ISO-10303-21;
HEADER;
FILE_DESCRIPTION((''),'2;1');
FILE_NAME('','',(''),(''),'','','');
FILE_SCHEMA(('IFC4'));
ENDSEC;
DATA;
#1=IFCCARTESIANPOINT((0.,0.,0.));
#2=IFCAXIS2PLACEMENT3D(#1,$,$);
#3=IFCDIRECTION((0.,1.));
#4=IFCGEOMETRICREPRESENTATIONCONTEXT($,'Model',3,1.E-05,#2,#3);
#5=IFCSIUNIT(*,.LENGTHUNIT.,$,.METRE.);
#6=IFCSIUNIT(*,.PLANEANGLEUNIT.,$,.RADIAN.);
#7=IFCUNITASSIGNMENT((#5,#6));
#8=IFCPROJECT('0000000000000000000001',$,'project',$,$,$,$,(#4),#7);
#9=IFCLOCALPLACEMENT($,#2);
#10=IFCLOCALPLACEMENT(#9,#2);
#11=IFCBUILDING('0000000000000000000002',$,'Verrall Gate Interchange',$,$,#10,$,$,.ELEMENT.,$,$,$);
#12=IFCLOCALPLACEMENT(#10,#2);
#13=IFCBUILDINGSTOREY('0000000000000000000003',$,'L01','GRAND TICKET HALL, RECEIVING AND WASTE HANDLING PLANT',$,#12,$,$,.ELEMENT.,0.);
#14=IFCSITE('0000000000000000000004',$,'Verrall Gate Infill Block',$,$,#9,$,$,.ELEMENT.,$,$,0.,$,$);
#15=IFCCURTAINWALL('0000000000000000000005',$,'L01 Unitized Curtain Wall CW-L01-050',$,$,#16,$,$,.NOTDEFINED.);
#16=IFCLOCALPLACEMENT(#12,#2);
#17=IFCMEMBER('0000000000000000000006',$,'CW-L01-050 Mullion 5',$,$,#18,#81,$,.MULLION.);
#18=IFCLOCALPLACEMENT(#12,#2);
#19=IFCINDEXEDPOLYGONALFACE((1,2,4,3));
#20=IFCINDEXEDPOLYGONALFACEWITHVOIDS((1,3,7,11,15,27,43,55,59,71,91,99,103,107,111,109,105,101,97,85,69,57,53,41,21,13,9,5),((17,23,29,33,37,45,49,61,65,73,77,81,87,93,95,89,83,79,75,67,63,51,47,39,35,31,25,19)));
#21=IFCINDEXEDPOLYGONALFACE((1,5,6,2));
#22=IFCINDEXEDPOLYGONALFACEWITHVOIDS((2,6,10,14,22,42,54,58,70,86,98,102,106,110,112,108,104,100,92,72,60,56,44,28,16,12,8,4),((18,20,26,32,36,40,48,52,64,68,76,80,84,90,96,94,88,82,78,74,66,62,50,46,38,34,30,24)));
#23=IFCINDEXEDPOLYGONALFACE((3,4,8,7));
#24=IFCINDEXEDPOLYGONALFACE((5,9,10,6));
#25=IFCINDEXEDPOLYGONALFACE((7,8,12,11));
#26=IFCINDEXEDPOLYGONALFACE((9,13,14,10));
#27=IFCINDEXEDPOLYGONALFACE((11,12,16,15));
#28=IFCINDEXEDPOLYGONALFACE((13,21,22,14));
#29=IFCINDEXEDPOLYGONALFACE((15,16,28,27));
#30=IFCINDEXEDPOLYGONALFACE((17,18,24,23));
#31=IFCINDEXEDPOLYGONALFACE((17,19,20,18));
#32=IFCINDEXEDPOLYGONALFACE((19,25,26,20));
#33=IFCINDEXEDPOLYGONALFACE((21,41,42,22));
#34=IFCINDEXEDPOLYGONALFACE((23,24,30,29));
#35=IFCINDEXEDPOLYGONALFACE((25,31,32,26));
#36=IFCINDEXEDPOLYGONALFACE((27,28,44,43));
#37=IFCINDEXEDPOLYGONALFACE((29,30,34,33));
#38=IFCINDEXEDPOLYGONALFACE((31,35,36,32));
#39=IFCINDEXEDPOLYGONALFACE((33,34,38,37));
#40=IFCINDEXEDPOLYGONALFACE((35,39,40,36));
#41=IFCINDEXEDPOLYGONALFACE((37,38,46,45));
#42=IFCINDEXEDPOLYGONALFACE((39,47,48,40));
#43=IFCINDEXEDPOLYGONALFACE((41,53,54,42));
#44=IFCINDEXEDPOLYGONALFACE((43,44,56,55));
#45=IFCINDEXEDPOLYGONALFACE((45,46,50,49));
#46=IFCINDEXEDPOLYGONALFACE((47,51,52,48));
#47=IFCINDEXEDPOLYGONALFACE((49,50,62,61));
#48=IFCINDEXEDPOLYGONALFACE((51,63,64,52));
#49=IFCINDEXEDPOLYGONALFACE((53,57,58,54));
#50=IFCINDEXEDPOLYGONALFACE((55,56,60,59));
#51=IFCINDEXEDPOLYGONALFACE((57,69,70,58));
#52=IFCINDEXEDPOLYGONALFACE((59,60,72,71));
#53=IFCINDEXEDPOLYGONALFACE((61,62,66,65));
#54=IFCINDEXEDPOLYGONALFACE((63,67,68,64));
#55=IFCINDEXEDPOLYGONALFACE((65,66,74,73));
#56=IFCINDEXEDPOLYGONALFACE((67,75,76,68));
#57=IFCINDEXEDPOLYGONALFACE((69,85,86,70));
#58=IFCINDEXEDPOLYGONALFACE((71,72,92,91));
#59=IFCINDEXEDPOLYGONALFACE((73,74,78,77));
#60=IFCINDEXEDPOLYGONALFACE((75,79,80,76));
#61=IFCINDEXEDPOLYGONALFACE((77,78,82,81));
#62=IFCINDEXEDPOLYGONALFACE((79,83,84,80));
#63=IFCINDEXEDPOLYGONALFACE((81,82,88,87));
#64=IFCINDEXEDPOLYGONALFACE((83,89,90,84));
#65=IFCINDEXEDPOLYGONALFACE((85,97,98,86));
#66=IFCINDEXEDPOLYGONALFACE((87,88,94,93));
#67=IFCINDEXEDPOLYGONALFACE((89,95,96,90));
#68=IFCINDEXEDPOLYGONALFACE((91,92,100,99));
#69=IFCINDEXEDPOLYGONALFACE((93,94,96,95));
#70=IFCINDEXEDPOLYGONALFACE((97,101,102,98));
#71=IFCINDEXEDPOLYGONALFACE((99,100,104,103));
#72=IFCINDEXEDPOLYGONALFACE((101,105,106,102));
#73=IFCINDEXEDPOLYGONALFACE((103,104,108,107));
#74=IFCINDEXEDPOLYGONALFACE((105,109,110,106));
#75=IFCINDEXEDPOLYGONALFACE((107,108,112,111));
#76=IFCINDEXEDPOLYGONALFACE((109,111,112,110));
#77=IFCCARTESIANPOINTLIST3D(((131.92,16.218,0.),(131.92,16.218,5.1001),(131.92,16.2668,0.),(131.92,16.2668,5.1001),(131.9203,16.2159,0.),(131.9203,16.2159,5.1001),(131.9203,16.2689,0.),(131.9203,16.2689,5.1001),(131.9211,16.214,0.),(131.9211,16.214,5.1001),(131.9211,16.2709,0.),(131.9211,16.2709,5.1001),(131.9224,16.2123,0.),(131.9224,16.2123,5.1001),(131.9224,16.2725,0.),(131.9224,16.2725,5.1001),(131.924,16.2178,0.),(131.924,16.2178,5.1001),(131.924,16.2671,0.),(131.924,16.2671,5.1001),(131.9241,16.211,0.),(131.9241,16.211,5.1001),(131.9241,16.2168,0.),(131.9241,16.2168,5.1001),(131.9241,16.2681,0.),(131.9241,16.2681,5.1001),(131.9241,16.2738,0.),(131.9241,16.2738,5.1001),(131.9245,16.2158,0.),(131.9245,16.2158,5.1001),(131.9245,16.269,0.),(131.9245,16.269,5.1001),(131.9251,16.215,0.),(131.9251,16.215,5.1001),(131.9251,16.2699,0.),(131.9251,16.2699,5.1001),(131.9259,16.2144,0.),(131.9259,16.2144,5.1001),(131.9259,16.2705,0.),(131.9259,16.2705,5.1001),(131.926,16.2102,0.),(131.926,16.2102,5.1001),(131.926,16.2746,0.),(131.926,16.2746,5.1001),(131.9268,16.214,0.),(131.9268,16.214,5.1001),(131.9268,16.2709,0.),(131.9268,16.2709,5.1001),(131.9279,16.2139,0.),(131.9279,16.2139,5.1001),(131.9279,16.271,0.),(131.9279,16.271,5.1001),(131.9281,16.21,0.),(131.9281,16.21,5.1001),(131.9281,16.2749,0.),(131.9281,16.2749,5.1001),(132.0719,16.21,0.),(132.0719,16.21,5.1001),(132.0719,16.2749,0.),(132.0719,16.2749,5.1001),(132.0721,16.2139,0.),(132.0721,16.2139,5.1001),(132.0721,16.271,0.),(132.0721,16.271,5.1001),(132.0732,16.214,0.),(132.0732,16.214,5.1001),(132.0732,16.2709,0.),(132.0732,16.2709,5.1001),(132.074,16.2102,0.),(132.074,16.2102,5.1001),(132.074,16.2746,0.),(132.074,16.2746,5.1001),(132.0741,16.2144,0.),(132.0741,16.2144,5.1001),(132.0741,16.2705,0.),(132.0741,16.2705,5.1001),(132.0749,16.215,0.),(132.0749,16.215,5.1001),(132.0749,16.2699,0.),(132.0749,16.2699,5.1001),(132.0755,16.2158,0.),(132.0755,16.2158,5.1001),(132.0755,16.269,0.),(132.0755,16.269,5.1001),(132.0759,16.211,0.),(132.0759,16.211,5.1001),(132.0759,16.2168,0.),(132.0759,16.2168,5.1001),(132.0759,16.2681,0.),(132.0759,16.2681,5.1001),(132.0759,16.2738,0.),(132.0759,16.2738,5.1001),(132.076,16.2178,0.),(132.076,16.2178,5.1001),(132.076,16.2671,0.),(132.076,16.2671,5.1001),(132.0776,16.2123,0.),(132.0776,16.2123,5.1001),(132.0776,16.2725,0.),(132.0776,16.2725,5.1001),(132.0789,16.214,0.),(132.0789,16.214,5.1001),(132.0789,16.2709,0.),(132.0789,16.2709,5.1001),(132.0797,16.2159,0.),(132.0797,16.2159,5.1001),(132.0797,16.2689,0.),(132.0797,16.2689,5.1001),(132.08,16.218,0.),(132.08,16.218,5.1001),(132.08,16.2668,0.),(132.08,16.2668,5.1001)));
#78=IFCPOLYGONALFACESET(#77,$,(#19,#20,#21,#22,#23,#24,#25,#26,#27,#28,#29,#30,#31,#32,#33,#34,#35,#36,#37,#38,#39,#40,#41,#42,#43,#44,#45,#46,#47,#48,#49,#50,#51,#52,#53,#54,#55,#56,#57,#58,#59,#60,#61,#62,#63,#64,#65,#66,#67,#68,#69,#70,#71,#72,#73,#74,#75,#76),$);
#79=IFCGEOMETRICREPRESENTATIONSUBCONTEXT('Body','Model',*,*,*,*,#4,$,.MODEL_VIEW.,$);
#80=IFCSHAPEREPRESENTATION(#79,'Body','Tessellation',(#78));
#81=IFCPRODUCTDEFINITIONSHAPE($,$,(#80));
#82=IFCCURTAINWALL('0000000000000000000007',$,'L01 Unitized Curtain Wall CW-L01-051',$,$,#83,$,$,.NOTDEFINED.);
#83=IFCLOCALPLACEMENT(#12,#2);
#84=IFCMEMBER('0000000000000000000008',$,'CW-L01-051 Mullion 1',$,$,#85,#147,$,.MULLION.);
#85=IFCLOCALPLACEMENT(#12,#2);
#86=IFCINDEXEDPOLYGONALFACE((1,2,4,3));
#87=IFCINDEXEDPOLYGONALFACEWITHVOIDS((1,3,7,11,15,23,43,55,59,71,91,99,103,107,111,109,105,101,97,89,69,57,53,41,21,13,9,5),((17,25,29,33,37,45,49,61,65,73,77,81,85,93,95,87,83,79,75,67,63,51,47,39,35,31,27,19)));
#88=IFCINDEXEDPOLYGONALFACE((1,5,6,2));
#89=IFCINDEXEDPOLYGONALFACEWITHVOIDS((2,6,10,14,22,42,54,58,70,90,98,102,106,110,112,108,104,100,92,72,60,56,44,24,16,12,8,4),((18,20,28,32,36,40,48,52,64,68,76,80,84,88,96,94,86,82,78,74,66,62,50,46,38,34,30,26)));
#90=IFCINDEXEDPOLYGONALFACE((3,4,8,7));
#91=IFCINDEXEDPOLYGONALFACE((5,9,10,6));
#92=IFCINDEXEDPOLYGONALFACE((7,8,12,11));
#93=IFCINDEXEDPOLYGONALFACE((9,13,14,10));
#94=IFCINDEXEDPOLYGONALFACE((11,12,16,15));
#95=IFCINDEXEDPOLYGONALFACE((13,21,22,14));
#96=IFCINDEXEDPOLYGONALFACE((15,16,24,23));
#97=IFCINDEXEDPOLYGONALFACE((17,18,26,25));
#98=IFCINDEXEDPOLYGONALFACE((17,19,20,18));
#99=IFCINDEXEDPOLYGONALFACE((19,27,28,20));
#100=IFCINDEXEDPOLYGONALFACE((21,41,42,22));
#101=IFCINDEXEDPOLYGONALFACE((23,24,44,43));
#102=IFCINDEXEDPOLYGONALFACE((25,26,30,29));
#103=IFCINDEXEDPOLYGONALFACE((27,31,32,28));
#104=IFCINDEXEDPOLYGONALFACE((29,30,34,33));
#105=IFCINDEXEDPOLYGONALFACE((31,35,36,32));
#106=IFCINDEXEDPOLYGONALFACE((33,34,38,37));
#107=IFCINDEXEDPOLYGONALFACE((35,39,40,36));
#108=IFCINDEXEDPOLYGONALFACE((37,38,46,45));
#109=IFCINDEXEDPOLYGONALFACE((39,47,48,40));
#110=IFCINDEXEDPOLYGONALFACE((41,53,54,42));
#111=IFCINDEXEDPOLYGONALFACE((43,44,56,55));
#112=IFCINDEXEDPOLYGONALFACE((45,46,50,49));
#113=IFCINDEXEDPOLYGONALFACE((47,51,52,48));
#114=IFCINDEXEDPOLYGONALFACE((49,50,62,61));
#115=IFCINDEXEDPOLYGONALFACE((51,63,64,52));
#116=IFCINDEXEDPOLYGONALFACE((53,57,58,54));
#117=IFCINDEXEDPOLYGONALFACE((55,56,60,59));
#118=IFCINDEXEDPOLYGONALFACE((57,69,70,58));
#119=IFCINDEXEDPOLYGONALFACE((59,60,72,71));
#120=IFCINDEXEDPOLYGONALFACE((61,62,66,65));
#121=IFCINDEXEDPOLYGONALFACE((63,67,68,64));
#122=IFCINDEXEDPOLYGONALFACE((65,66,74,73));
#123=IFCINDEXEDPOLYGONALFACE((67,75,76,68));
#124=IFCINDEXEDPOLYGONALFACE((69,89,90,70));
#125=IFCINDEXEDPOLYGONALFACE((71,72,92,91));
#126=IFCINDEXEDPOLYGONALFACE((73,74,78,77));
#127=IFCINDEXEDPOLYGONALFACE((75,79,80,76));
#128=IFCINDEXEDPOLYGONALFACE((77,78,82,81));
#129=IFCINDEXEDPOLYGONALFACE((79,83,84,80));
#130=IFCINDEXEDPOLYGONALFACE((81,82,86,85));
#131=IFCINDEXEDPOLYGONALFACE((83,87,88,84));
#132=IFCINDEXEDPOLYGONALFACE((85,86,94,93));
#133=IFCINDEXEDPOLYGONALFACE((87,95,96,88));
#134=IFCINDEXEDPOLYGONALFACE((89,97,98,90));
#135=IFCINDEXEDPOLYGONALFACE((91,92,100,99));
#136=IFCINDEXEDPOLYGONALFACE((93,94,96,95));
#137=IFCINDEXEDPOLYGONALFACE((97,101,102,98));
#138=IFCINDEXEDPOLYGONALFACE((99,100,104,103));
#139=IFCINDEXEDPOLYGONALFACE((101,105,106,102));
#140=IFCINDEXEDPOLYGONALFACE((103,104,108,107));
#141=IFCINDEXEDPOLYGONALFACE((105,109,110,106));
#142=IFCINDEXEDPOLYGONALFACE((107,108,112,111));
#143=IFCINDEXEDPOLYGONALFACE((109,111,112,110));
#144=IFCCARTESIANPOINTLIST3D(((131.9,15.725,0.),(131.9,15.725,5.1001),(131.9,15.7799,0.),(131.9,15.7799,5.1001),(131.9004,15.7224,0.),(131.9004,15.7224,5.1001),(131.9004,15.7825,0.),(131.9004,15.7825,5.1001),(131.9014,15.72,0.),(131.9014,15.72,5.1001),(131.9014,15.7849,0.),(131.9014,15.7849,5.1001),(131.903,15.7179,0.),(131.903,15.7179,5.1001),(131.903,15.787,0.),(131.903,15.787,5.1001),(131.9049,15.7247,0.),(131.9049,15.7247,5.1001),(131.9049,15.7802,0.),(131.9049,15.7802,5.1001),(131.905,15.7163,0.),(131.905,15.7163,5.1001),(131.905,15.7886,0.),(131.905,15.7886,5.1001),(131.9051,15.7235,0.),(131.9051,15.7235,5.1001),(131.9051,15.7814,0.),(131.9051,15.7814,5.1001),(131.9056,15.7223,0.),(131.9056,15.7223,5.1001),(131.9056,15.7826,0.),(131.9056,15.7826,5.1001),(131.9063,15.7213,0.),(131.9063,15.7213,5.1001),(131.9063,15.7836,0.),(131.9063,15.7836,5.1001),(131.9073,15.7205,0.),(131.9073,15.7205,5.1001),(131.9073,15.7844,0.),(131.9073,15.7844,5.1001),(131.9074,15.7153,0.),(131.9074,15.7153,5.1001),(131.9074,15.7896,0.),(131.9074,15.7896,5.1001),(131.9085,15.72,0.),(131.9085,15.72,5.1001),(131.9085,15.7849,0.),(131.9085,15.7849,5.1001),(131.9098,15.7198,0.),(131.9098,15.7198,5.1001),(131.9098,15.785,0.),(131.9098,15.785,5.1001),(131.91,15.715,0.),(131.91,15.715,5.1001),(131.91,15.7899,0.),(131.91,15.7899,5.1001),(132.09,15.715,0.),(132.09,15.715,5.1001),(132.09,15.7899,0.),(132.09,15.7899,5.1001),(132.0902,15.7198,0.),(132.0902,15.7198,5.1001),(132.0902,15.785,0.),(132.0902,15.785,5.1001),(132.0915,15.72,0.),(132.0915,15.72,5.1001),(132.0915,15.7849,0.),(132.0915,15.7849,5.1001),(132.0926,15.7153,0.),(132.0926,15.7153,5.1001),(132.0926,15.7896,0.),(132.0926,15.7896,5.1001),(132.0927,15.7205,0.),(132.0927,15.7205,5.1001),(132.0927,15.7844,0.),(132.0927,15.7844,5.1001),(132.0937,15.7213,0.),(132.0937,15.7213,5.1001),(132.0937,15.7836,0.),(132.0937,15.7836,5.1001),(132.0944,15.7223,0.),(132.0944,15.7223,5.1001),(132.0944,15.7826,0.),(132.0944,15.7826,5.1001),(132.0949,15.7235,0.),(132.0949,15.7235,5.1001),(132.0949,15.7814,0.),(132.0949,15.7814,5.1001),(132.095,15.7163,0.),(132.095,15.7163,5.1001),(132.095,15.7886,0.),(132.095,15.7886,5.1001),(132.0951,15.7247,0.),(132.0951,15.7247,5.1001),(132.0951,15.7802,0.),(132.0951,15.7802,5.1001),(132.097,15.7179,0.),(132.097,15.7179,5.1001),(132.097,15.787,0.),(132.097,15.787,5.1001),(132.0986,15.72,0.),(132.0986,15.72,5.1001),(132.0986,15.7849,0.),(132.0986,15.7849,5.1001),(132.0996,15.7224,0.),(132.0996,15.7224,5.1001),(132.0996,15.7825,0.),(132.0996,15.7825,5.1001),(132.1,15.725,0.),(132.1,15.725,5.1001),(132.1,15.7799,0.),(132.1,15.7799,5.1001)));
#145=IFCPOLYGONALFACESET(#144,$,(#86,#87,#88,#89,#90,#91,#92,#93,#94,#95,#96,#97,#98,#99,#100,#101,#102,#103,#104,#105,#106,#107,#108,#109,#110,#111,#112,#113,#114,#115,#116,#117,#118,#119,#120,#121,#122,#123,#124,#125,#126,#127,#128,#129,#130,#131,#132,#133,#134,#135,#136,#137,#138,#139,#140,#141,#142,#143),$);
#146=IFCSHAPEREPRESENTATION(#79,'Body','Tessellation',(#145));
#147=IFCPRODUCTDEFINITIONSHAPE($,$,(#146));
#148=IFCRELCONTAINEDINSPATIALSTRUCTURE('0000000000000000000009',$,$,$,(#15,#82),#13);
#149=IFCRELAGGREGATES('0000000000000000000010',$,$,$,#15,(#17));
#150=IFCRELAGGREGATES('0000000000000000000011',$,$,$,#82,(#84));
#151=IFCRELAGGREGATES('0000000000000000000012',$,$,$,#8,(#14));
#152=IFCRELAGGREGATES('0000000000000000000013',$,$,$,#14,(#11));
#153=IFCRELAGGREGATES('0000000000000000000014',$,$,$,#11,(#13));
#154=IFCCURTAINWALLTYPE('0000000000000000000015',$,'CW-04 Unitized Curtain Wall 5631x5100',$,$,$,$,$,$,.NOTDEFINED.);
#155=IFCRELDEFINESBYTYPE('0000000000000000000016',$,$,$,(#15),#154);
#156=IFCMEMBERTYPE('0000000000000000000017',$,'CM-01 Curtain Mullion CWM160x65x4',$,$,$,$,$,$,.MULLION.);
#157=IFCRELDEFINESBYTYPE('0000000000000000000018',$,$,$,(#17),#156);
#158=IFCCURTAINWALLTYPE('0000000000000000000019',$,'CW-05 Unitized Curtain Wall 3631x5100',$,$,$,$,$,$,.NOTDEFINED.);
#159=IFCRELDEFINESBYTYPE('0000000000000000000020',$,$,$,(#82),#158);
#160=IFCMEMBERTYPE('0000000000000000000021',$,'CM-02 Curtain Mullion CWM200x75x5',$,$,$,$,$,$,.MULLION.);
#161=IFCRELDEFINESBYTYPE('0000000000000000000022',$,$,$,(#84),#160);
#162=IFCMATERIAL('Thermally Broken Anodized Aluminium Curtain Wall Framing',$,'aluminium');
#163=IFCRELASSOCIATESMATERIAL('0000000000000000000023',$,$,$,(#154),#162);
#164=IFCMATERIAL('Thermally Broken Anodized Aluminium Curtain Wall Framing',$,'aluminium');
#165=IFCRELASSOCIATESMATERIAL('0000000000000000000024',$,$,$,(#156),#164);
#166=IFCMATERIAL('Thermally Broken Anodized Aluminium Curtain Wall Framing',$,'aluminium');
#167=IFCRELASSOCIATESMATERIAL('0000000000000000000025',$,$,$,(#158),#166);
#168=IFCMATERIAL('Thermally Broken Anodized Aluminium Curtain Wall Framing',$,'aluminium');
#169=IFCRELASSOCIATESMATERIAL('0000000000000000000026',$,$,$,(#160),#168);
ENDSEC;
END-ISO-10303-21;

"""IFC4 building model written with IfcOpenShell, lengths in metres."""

from ifc_helpers import new_model, si_unit, direction, frame, origin, origin_2d, place, context, subcontext, project, spatial, hollow_rectangle, extrude, material, material_profile, profile_set, type_object, element, aggregate, save


model = new_model("IFC4")

# Units and contexts
model_context = context("Model", 3, precision=1e-05, world=origin(), true_north=direction((0.0, 1.0)))
body_context = subcontext(model_context, "Body", "Model", "MODEL_VIEW")
ifc_project = project(units=[si_unit("LENGTHUNIT", "METRE"), si_unit("PLANEANGLEUNIT", "RADIAN")], contexts=[model_context])

# Site, building, storey
site_placement = place(None, origin())
site = spatial("IfcSite", under=ifc_project, at=site_placement, Name="Verrall Gate Infill Block", CompositionType="ELEMENT", RefElevation=0.0)
building_placement = place(site_placement, origin())
building = spatial("IfcBuilding", under=site, at=building_placement, Name="Verrall Gate Interchange", CompositionType="ELEMENT")
storey_placement = place(building_placement, origin())
storey = spatial("IfcBuildingStorey", under=building, at=storey_placement, Name="L01", Description="GRAND TICKET HALL, RECEIVING AND WASTE HANDLING PLANT", CompositionType="ELEMENT", Elevation=0.0)

# Curtain walls, members
ifc_material_1 = material(Name="Thermally Broken Anodized Aluminium Curtain Wall Framing", Category="aluminium")
curtain_wall_type_1 = type_object("IfcCurtainWallType", Name="CW-04 Unitized Curtain Wall 5631x5100", PredefinedType="NOTDEFINED", material=ifc_material_1)
curtain_wall_1_placement = place(storey_placement, origin())
curtain_wall_1 = element("IfcCurtainWall", 1, at=curtain_wall_1_placement, inside=storey, type_object=curtain_wall_type_1, Name="L01 Unitized Curtain Wall CW-L01-050", PredefinedType="NOTDEFINED")
ifc_material_2 = material(Name="Thermally Broken Anodized Aluminium Curtain Wall Framing", Category="aluminium")
ifc_material_profile_1 = material_profile(ifc_material_2, hollow_rectangle(XDim=0.0649, YDim=0.1599, WallThickness=0.0039, InnerFilletRadius=0.0039, OuterFilletRadius=0.0081, at=origin_2d()), Name="CWM160x65x4")
ifc_profile_set_1 = profile_set([ifc_material_profile_1], Name="Thermally Broken Anodized Aluminium Curtain Wall Framing")
member_type_1 = type_object("IfcMemberType", Name="CM-01 Curtain Mullion CWM160x65x4", PredefinedType="MULLION", material=ifc_profile_set_1)
member_1_placement = place(storey_placement, frame((132.0, 16.2424, 0.0), z_axis=(0.0, 0.0, 1.0), x_axis=(0.0, -1.0, 0.0)))
member_1 = element("IfcMember", 2, at=member_1_placement, type_object=member_type_1, Name="CW-L01-050 Mullion 5", PredefinedType="MULLION", context=body_context, shape_type="SweptSolid", body=[
    extrude(hollow_rectangle(XDim=0.0649, YDim=0.1599, WallThickness=0.0039, InnerFilletRadius=0.0039, OuterFilletRadius=0.0081, at=origin_2d()), origin(), (0.0, 0.0, 1.0), 5.1001),
])
ifc_material_3 = material(Name="Thermally Broken Anodized Aluminium Curtain Wall Framing", Category="aluminium")
curtain_wall_type_2 = type_object("IfcCurtainWallType", Name="CW-05 Unitized Curtain Wall 3631x5100", PredefinedType="NOTDEFINED", material=ifc_material_3)
curtain_wall_2_placement = place(storey_placement, origin())
curtain_wall_2 = element("IfcCurtainWall", 3, at=curtain_wall_2_placement, inside=storey, type_object=curtain_wall_type_2, Name="L01 Unitized Curtain Wall CW-L01-051", PredefinedType="NOTDEFINED")
ifc_material_4 = material(Name="Thermally Broken Anodized Aluminium Curtain Wall Framing", Category="aluminium")
ifc_material_profile_2 = material_profile(ifc_material_4, hollow_rectangle(XDim=0.075, YDim=0.2, WallThickness=0.0049, InnerFilletRadius=0.0049, OuterFilletRadius=0.01, at=origin_2d()), Name="CWM200x75x5")
ifc_profile_set_2 = profile_set([ifc_material_profile_2], Name="Thermally Broken Anodized Aluminium Curtain Wall Framing")
member_type_2 = type_object("IfcMemberType", Name="CM-02 Curtain Mullion CWM200x75x5", PredefinedType="MULLION", material=ifc_profile_set_2)
member_2_placement = place(storey_placement, frame((132.0, 15.7524, 0.0), z_axis=(0.0, 0.0, 1.0), x_axis=(0.0, -1.0, 0.0)))
member_2 = element("IfcMember", 4, at=member_2_placement, type_object=member_type_2, Name="CW-L01-051 Mullion 1", PredefinedType="MULLION", context=body_context, shape_type="SweptSolid", body=[
    extrude(hollow_rectangle(XDim=0.075, YDim=0.2, WallThickness=0.0049, InnerFilletRadius=0.0049, OuterFilletRadius=0.01, at=origin_2d()), origin(), (0.0, 0.0, 1.0), 5.1001),
])

aggregate(curtain_wall_1, [member_1])
aggregate(curtain_wall_2, [member_2])

save(model, "model.ifc")
